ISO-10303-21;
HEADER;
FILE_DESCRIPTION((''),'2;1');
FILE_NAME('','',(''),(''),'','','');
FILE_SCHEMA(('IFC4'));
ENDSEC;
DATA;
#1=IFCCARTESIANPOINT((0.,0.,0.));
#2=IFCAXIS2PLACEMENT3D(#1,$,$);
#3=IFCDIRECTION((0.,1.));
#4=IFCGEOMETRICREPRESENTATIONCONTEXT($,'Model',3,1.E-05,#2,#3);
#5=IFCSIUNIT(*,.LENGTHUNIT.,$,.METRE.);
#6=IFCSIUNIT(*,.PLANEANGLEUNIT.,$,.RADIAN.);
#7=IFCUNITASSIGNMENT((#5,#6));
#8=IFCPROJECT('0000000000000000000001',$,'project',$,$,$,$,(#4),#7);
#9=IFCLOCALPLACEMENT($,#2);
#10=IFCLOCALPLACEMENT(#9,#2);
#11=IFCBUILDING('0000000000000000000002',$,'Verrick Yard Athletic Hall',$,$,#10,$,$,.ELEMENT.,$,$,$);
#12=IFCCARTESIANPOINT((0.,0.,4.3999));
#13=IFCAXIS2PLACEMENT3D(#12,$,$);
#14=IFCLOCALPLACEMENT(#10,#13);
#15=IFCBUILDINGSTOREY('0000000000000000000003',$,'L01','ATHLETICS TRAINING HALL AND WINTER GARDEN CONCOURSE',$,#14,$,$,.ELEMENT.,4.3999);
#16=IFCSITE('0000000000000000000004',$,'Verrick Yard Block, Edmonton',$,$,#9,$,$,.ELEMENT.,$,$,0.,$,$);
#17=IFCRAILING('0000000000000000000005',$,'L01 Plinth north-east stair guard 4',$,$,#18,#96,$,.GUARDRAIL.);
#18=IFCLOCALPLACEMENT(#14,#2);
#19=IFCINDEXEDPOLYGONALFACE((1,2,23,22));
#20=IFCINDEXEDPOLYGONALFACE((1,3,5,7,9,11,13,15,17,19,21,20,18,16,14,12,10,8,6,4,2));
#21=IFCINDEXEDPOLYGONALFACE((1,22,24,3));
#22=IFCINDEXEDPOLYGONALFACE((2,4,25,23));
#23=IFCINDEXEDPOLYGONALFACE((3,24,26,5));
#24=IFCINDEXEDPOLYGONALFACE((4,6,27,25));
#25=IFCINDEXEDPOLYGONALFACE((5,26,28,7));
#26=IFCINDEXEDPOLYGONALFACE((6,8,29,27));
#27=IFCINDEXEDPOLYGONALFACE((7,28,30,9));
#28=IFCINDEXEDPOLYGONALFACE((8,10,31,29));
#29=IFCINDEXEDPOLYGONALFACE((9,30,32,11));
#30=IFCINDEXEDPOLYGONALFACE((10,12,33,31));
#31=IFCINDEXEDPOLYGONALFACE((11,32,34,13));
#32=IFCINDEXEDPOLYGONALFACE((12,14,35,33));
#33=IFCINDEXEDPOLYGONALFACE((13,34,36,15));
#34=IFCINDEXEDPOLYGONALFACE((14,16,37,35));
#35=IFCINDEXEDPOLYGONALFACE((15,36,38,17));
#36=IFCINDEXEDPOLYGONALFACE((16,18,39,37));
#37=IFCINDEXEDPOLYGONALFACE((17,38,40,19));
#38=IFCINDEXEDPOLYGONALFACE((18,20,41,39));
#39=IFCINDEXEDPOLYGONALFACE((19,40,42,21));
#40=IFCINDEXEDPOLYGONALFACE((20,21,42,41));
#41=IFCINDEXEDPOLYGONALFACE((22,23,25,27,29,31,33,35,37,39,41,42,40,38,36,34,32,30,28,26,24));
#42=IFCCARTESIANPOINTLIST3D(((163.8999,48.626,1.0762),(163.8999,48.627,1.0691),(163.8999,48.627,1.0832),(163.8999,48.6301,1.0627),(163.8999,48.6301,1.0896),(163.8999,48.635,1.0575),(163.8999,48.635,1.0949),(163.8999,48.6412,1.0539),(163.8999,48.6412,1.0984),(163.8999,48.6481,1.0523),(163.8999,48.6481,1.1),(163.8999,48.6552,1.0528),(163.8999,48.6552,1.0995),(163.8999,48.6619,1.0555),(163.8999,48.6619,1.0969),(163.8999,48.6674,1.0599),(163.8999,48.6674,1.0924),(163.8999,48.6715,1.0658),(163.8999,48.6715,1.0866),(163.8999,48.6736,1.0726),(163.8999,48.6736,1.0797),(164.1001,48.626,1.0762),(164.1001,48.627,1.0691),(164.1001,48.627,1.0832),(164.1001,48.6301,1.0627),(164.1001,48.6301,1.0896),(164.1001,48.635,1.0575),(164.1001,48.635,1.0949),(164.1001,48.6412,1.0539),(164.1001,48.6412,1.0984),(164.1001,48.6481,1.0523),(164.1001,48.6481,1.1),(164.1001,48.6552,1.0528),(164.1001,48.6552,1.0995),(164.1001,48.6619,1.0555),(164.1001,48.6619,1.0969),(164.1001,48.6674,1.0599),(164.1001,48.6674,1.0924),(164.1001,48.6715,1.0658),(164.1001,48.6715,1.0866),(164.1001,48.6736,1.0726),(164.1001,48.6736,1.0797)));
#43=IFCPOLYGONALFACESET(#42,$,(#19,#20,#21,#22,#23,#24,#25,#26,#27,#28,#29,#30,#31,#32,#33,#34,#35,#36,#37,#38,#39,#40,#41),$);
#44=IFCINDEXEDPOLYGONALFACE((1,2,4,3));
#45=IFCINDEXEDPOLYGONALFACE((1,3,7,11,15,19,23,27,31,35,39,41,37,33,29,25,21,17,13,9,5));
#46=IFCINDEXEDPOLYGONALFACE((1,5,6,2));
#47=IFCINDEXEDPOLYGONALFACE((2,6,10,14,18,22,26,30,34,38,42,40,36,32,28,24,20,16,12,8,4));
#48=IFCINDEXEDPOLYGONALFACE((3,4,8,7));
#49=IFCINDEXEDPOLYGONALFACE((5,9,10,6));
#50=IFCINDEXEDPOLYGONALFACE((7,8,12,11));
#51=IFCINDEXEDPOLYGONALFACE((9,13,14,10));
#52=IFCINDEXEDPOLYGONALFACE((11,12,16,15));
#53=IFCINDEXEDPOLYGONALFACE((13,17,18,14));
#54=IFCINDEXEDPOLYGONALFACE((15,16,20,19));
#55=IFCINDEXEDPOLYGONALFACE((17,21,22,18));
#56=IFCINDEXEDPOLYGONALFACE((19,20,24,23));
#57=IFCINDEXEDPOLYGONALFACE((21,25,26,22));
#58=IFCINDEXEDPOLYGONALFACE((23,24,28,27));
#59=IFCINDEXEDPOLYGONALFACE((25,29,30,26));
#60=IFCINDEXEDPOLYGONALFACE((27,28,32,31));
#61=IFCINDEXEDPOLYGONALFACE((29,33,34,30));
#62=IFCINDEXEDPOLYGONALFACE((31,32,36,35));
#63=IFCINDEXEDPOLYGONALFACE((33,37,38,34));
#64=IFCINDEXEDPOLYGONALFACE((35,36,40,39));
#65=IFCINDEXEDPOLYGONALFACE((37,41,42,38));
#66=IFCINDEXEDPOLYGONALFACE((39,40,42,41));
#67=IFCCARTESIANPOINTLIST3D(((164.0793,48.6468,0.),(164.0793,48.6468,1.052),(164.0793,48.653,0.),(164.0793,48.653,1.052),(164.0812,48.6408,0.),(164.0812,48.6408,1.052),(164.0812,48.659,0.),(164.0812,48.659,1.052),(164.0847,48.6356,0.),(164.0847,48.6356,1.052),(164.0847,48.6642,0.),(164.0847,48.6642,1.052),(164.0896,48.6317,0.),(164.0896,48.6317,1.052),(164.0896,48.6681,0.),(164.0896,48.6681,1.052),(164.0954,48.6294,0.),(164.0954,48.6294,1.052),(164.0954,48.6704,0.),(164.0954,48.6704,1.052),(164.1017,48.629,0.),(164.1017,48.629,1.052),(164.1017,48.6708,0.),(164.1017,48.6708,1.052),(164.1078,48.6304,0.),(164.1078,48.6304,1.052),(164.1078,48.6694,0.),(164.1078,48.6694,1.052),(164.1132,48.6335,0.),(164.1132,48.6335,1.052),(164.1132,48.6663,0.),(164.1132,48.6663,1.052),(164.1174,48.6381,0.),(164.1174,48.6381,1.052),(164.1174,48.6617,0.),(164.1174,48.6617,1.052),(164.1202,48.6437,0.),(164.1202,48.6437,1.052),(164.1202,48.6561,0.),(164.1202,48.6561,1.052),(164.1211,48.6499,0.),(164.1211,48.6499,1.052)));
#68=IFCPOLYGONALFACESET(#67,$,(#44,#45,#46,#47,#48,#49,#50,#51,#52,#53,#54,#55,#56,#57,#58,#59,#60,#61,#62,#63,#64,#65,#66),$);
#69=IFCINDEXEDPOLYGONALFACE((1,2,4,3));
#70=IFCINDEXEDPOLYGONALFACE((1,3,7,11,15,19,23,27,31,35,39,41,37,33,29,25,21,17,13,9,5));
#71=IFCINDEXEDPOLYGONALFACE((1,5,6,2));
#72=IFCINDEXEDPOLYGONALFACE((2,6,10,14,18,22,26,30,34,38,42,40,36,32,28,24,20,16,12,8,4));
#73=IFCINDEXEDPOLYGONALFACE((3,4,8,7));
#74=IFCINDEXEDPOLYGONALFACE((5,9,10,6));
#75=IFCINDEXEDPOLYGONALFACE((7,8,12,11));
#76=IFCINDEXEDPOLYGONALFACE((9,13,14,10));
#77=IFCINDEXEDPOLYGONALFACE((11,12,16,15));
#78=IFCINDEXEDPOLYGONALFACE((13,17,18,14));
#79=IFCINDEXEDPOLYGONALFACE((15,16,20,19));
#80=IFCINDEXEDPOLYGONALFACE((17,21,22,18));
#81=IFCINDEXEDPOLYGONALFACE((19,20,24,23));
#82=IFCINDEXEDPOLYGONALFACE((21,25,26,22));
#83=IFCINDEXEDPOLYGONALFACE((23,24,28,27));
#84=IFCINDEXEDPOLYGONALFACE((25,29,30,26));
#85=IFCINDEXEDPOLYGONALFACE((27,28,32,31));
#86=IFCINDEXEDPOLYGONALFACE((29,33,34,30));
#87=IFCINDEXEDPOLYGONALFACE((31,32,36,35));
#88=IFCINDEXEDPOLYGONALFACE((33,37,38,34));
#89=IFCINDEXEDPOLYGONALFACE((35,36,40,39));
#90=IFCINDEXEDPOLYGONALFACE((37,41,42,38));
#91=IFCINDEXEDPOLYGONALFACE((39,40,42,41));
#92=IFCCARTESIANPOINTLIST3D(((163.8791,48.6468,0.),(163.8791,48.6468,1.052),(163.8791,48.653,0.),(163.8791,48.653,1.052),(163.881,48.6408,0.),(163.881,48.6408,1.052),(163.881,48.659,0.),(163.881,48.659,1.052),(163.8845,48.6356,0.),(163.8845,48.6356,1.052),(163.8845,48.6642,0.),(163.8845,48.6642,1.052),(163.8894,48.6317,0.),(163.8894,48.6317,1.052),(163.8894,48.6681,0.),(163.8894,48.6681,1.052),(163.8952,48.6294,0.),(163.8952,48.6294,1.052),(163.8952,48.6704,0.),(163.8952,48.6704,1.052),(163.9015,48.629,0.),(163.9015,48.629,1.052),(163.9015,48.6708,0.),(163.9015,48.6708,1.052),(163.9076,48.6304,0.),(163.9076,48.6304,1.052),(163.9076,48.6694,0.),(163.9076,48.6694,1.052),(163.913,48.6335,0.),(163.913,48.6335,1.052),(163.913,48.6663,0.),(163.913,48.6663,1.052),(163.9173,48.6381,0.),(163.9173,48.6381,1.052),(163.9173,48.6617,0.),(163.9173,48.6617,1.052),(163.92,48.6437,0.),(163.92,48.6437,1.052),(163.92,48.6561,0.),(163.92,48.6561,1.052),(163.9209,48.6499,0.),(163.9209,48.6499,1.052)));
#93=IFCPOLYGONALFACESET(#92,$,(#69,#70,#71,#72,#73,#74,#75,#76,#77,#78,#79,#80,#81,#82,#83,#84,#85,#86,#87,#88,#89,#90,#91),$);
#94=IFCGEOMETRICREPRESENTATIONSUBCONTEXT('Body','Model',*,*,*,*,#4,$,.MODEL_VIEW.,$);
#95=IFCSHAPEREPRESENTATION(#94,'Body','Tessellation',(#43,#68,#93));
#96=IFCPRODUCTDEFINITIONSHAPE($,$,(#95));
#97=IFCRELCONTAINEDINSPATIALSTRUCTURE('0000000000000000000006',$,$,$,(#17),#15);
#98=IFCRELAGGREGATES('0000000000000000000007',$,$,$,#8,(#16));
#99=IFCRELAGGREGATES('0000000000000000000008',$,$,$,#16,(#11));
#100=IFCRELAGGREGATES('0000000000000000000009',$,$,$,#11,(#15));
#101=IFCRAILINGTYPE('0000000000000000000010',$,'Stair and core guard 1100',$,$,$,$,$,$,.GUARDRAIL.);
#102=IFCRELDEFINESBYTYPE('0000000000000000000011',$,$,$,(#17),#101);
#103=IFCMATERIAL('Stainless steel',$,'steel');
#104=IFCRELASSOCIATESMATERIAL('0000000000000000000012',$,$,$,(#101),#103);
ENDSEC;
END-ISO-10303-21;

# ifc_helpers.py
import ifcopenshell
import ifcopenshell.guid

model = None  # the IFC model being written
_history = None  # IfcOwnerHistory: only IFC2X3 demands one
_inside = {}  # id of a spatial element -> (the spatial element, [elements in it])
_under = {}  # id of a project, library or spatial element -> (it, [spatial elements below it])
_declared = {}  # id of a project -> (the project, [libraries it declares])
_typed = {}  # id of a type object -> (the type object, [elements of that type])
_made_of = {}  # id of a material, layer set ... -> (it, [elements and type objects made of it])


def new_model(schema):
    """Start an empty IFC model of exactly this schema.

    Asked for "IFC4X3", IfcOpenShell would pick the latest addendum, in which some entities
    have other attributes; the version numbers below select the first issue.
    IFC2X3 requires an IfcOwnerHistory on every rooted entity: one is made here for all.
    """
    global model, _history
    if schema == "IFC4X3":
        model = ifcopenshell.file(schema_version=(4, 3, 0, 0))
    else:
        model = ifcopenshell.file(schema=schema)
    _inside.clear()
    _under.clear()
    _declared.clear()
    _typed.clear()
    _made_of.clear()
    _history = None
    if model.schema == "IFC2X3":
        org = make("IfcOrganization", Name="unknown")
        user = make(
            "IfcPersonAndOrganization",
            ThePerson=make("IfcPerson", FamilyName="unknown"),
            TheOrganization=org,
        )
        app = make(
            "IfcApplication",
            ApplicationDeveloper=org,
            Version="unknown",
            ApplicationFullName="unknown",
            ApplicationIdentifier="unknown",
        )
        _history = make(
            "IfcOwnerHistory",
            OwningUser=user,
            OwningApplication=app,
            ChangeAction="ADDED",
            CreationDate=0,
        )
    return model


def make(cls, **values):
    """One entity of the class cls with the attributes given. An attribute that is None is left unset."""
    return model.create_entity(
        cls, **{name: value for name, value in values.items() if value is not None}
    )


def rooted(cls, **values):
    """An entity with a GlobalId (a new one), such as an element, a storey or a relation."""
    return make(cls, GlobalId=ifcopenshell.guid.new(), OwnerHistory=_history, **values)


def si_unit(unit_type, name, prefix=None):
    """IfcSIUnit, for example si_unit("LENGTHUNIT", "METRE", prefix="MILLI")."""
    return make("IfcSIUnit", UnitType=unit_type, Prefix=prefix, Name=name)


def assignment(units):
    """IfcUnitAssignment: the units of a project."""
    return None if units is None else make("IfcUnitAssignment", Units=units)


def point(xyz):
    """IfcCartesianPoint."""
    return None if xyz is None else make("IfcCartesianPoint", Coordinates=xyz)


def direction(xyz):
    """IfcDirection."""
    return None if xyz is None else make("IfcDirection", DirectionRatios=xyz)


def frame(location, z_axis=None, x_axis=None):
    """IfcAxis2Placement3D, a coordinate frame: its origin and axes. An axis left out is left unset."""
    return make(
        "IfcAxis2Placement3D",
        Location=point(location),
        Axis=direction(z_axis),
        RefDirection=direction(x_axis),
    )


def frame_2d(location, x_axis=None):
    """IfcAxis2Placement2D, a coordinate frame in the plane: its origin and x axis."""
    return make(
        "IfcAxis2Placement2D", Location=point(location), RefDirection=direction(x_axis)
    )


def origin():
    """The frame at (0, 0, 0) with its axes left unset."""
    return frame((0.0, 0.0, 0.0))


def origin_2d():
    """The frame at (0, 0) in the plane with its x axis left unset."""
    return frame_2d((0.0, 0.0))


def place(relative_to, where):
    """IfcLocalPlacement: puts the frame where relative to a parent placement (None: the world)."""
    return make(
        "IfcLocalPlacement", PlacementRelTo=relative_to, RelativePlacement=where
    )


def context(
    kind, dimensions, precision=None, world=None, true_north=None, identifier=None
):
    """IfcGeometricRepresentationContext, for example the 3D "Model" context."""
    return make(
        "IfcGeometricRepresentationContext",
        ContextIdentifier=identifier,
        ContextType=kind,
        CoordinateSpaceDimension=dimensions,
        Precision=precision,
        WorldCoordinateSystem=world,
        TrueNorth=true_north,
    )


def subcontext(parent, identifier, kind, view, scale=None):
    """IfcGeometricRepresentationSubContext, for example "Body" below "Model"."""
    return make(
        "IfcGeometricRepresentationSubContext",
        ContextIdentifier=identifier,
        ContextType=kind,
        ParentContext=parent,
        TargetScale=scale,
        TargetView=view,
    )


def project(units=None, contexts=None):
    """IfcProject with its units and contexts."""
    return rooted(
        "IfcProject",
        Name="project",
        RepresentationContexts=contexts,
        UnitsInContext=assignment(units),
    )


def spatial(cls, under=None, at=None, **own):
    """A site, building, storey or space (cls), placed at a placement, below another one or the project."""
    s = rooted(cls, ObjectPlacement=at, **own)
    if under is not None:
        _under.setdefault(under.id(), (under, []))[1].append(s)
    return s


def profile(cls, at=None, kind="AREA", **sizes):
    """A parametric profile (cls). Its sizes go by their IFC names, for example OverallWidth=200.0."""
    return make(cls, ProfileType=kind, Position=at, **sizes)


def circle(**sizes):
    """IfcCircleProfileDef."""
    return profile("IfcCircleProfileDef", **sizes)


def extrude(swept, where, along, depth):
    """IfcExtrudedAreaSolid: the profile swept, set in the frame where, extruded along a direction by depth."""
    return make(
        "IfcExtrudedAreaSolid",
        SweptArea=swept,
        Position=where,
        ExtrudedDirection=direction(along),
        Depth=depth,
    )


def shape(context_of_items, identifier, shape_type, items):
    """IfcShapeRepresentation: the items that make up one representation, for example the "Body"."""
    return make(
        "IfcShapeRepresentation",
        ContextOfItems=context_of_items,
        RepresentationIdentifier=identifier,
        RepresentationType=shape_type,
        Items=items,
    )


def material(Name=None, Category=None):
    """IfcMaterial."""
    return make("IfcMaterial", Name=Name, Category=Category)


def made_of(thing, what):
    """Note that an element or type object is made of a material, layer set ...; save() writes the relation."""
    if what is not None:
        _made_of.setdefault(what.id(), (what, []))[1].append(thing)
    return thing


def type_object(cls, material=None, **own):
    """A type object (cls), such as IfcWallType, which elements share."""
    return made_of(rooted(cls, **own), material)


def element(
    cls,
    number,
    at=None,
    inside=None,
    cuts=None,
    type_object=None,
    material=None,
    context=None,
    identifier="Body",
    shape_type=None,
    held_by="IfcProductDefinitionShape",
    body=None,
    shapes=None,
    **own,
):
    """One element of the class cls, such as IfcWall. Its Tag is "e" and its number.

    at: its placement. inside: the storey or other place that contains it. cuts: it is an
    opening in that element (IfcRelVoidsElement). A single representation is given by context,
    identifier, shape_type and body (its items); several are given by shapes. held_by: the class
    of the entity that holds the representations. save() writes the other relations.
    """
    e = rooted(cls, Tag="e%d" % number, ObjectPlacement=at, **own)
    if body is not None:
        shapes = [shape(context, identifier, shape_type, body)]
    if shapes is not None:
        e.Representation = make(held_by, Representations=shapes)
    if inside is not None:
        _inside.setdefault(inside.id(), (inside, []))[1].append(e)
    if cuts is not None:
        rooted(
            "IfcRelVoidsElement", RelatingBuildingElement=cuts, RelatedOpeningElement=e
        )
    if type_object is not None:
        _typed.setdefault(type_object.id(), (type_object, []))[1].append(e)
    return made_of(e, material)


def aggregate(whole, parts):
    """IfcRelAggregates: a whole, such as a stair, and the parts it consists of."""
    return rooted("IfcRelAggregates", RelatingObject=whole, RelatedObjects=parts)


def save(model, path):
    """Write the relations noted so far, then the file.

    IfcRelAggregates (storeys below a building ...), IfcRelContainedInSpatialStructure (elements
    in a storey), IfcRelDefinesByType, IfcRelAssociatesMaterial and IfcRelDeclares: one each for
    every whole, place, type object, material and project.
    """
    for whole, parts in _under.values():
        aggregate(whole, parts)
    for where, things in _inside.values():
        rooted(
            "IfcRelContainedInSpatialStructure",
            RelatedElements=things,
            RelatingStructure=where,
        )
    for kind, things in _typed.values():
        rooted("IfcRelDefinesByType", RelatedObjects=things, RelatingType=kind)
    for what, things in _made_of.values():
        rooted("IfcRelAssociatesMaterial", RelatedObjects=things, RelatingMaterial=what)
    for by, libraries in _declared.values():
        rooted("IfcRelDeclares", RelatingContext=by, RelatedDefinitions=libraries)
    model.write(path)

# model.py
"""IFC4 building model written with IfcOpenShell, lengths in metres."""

from ifc_helpers import new_model, si_unit, direction, frame, origin, origin_2d, place, context, subcontext, project, spatial, circle, extrude, material, type_object, element, save


model = new_model("IFC4")

# Units and contexts
model_context = context("Model", 3, precision=1e-05, world=origin(), true_north=direction((0.0, 1.0)))
body_context = subcontext(model_context, "Body", "Model", "MODEL_VIEW")
ifc_project = project(units=[si_unit("LENGTHUNIT", "METRE"), si_unit("PLANEANGLEUNIT", "RADIAN")], contexts=[model_context])

# Site, building, storey
site_placement = place(None, origin())
site = spatial("IfcSite", under=ifc_project, at=site_placement, Name="Verrick Yard Block, Edmonton", CompositionType="ELEMENT", RefElevation=0.0)
building_placement = place(site_placement, origin())
building = spatial("IfcBuilding", under=site, at=building_placement, Name="Verrick Yard Athletic Hall", CompositionType="ELEMENT")
storey_placement = place(building_placement, frame((0.0, 0.0, 4.3999)))
storey = spatial("IfcBuildingStorey", under=building, at=storey_placement, Name="L01", Description="ATHLETICS TRAINING HALL AND WINTER GARDEN CONCOURSE", CompositionType="ELEMENT", Elevation=4.3999)

# Railing
ifc_material_1 = material(Name="Stainless steel", Category="steel")
railing_type_1 = type_object("IfcRailingType", Name="Stair and core guard 1100", PredefinedType="GUARDRAIL", material=ifc_material_1)
railing_1_placement = place(storey_placement, frame((164.1001, 48.6499, 0.0)))
element("IfcRailing", 1, at=railing_1_placement, inside=storey, type_object=railing_type_1, Name="L01 Plinth north-east stair guard 4", PredefinedType="GUARDRAIL", context=body_context, shape_type="SweptSolid", body=[
    extrude(circle(Radius=0.0239, at=origin_2d()), frame((0.0, 0.0, 1.0762), z_axis=(-1.0, 0.0, 0.0), x_axis=(0.0, -1.0, 0.0)), (0.0, 0.0, 1.0), 0.2002),
    extrude(circle(Radius=0.021, at=origin_2d()), origin(), (0.0, 0.0, 1.0), 1.052),
    extrude(circle(Radius=0.021, at=origin_2d()), frame((-0.2002, 0.0, 0.0)), (0.0, 0.0, 1.0), 1.052),
])

save(model, "model.ifc")
